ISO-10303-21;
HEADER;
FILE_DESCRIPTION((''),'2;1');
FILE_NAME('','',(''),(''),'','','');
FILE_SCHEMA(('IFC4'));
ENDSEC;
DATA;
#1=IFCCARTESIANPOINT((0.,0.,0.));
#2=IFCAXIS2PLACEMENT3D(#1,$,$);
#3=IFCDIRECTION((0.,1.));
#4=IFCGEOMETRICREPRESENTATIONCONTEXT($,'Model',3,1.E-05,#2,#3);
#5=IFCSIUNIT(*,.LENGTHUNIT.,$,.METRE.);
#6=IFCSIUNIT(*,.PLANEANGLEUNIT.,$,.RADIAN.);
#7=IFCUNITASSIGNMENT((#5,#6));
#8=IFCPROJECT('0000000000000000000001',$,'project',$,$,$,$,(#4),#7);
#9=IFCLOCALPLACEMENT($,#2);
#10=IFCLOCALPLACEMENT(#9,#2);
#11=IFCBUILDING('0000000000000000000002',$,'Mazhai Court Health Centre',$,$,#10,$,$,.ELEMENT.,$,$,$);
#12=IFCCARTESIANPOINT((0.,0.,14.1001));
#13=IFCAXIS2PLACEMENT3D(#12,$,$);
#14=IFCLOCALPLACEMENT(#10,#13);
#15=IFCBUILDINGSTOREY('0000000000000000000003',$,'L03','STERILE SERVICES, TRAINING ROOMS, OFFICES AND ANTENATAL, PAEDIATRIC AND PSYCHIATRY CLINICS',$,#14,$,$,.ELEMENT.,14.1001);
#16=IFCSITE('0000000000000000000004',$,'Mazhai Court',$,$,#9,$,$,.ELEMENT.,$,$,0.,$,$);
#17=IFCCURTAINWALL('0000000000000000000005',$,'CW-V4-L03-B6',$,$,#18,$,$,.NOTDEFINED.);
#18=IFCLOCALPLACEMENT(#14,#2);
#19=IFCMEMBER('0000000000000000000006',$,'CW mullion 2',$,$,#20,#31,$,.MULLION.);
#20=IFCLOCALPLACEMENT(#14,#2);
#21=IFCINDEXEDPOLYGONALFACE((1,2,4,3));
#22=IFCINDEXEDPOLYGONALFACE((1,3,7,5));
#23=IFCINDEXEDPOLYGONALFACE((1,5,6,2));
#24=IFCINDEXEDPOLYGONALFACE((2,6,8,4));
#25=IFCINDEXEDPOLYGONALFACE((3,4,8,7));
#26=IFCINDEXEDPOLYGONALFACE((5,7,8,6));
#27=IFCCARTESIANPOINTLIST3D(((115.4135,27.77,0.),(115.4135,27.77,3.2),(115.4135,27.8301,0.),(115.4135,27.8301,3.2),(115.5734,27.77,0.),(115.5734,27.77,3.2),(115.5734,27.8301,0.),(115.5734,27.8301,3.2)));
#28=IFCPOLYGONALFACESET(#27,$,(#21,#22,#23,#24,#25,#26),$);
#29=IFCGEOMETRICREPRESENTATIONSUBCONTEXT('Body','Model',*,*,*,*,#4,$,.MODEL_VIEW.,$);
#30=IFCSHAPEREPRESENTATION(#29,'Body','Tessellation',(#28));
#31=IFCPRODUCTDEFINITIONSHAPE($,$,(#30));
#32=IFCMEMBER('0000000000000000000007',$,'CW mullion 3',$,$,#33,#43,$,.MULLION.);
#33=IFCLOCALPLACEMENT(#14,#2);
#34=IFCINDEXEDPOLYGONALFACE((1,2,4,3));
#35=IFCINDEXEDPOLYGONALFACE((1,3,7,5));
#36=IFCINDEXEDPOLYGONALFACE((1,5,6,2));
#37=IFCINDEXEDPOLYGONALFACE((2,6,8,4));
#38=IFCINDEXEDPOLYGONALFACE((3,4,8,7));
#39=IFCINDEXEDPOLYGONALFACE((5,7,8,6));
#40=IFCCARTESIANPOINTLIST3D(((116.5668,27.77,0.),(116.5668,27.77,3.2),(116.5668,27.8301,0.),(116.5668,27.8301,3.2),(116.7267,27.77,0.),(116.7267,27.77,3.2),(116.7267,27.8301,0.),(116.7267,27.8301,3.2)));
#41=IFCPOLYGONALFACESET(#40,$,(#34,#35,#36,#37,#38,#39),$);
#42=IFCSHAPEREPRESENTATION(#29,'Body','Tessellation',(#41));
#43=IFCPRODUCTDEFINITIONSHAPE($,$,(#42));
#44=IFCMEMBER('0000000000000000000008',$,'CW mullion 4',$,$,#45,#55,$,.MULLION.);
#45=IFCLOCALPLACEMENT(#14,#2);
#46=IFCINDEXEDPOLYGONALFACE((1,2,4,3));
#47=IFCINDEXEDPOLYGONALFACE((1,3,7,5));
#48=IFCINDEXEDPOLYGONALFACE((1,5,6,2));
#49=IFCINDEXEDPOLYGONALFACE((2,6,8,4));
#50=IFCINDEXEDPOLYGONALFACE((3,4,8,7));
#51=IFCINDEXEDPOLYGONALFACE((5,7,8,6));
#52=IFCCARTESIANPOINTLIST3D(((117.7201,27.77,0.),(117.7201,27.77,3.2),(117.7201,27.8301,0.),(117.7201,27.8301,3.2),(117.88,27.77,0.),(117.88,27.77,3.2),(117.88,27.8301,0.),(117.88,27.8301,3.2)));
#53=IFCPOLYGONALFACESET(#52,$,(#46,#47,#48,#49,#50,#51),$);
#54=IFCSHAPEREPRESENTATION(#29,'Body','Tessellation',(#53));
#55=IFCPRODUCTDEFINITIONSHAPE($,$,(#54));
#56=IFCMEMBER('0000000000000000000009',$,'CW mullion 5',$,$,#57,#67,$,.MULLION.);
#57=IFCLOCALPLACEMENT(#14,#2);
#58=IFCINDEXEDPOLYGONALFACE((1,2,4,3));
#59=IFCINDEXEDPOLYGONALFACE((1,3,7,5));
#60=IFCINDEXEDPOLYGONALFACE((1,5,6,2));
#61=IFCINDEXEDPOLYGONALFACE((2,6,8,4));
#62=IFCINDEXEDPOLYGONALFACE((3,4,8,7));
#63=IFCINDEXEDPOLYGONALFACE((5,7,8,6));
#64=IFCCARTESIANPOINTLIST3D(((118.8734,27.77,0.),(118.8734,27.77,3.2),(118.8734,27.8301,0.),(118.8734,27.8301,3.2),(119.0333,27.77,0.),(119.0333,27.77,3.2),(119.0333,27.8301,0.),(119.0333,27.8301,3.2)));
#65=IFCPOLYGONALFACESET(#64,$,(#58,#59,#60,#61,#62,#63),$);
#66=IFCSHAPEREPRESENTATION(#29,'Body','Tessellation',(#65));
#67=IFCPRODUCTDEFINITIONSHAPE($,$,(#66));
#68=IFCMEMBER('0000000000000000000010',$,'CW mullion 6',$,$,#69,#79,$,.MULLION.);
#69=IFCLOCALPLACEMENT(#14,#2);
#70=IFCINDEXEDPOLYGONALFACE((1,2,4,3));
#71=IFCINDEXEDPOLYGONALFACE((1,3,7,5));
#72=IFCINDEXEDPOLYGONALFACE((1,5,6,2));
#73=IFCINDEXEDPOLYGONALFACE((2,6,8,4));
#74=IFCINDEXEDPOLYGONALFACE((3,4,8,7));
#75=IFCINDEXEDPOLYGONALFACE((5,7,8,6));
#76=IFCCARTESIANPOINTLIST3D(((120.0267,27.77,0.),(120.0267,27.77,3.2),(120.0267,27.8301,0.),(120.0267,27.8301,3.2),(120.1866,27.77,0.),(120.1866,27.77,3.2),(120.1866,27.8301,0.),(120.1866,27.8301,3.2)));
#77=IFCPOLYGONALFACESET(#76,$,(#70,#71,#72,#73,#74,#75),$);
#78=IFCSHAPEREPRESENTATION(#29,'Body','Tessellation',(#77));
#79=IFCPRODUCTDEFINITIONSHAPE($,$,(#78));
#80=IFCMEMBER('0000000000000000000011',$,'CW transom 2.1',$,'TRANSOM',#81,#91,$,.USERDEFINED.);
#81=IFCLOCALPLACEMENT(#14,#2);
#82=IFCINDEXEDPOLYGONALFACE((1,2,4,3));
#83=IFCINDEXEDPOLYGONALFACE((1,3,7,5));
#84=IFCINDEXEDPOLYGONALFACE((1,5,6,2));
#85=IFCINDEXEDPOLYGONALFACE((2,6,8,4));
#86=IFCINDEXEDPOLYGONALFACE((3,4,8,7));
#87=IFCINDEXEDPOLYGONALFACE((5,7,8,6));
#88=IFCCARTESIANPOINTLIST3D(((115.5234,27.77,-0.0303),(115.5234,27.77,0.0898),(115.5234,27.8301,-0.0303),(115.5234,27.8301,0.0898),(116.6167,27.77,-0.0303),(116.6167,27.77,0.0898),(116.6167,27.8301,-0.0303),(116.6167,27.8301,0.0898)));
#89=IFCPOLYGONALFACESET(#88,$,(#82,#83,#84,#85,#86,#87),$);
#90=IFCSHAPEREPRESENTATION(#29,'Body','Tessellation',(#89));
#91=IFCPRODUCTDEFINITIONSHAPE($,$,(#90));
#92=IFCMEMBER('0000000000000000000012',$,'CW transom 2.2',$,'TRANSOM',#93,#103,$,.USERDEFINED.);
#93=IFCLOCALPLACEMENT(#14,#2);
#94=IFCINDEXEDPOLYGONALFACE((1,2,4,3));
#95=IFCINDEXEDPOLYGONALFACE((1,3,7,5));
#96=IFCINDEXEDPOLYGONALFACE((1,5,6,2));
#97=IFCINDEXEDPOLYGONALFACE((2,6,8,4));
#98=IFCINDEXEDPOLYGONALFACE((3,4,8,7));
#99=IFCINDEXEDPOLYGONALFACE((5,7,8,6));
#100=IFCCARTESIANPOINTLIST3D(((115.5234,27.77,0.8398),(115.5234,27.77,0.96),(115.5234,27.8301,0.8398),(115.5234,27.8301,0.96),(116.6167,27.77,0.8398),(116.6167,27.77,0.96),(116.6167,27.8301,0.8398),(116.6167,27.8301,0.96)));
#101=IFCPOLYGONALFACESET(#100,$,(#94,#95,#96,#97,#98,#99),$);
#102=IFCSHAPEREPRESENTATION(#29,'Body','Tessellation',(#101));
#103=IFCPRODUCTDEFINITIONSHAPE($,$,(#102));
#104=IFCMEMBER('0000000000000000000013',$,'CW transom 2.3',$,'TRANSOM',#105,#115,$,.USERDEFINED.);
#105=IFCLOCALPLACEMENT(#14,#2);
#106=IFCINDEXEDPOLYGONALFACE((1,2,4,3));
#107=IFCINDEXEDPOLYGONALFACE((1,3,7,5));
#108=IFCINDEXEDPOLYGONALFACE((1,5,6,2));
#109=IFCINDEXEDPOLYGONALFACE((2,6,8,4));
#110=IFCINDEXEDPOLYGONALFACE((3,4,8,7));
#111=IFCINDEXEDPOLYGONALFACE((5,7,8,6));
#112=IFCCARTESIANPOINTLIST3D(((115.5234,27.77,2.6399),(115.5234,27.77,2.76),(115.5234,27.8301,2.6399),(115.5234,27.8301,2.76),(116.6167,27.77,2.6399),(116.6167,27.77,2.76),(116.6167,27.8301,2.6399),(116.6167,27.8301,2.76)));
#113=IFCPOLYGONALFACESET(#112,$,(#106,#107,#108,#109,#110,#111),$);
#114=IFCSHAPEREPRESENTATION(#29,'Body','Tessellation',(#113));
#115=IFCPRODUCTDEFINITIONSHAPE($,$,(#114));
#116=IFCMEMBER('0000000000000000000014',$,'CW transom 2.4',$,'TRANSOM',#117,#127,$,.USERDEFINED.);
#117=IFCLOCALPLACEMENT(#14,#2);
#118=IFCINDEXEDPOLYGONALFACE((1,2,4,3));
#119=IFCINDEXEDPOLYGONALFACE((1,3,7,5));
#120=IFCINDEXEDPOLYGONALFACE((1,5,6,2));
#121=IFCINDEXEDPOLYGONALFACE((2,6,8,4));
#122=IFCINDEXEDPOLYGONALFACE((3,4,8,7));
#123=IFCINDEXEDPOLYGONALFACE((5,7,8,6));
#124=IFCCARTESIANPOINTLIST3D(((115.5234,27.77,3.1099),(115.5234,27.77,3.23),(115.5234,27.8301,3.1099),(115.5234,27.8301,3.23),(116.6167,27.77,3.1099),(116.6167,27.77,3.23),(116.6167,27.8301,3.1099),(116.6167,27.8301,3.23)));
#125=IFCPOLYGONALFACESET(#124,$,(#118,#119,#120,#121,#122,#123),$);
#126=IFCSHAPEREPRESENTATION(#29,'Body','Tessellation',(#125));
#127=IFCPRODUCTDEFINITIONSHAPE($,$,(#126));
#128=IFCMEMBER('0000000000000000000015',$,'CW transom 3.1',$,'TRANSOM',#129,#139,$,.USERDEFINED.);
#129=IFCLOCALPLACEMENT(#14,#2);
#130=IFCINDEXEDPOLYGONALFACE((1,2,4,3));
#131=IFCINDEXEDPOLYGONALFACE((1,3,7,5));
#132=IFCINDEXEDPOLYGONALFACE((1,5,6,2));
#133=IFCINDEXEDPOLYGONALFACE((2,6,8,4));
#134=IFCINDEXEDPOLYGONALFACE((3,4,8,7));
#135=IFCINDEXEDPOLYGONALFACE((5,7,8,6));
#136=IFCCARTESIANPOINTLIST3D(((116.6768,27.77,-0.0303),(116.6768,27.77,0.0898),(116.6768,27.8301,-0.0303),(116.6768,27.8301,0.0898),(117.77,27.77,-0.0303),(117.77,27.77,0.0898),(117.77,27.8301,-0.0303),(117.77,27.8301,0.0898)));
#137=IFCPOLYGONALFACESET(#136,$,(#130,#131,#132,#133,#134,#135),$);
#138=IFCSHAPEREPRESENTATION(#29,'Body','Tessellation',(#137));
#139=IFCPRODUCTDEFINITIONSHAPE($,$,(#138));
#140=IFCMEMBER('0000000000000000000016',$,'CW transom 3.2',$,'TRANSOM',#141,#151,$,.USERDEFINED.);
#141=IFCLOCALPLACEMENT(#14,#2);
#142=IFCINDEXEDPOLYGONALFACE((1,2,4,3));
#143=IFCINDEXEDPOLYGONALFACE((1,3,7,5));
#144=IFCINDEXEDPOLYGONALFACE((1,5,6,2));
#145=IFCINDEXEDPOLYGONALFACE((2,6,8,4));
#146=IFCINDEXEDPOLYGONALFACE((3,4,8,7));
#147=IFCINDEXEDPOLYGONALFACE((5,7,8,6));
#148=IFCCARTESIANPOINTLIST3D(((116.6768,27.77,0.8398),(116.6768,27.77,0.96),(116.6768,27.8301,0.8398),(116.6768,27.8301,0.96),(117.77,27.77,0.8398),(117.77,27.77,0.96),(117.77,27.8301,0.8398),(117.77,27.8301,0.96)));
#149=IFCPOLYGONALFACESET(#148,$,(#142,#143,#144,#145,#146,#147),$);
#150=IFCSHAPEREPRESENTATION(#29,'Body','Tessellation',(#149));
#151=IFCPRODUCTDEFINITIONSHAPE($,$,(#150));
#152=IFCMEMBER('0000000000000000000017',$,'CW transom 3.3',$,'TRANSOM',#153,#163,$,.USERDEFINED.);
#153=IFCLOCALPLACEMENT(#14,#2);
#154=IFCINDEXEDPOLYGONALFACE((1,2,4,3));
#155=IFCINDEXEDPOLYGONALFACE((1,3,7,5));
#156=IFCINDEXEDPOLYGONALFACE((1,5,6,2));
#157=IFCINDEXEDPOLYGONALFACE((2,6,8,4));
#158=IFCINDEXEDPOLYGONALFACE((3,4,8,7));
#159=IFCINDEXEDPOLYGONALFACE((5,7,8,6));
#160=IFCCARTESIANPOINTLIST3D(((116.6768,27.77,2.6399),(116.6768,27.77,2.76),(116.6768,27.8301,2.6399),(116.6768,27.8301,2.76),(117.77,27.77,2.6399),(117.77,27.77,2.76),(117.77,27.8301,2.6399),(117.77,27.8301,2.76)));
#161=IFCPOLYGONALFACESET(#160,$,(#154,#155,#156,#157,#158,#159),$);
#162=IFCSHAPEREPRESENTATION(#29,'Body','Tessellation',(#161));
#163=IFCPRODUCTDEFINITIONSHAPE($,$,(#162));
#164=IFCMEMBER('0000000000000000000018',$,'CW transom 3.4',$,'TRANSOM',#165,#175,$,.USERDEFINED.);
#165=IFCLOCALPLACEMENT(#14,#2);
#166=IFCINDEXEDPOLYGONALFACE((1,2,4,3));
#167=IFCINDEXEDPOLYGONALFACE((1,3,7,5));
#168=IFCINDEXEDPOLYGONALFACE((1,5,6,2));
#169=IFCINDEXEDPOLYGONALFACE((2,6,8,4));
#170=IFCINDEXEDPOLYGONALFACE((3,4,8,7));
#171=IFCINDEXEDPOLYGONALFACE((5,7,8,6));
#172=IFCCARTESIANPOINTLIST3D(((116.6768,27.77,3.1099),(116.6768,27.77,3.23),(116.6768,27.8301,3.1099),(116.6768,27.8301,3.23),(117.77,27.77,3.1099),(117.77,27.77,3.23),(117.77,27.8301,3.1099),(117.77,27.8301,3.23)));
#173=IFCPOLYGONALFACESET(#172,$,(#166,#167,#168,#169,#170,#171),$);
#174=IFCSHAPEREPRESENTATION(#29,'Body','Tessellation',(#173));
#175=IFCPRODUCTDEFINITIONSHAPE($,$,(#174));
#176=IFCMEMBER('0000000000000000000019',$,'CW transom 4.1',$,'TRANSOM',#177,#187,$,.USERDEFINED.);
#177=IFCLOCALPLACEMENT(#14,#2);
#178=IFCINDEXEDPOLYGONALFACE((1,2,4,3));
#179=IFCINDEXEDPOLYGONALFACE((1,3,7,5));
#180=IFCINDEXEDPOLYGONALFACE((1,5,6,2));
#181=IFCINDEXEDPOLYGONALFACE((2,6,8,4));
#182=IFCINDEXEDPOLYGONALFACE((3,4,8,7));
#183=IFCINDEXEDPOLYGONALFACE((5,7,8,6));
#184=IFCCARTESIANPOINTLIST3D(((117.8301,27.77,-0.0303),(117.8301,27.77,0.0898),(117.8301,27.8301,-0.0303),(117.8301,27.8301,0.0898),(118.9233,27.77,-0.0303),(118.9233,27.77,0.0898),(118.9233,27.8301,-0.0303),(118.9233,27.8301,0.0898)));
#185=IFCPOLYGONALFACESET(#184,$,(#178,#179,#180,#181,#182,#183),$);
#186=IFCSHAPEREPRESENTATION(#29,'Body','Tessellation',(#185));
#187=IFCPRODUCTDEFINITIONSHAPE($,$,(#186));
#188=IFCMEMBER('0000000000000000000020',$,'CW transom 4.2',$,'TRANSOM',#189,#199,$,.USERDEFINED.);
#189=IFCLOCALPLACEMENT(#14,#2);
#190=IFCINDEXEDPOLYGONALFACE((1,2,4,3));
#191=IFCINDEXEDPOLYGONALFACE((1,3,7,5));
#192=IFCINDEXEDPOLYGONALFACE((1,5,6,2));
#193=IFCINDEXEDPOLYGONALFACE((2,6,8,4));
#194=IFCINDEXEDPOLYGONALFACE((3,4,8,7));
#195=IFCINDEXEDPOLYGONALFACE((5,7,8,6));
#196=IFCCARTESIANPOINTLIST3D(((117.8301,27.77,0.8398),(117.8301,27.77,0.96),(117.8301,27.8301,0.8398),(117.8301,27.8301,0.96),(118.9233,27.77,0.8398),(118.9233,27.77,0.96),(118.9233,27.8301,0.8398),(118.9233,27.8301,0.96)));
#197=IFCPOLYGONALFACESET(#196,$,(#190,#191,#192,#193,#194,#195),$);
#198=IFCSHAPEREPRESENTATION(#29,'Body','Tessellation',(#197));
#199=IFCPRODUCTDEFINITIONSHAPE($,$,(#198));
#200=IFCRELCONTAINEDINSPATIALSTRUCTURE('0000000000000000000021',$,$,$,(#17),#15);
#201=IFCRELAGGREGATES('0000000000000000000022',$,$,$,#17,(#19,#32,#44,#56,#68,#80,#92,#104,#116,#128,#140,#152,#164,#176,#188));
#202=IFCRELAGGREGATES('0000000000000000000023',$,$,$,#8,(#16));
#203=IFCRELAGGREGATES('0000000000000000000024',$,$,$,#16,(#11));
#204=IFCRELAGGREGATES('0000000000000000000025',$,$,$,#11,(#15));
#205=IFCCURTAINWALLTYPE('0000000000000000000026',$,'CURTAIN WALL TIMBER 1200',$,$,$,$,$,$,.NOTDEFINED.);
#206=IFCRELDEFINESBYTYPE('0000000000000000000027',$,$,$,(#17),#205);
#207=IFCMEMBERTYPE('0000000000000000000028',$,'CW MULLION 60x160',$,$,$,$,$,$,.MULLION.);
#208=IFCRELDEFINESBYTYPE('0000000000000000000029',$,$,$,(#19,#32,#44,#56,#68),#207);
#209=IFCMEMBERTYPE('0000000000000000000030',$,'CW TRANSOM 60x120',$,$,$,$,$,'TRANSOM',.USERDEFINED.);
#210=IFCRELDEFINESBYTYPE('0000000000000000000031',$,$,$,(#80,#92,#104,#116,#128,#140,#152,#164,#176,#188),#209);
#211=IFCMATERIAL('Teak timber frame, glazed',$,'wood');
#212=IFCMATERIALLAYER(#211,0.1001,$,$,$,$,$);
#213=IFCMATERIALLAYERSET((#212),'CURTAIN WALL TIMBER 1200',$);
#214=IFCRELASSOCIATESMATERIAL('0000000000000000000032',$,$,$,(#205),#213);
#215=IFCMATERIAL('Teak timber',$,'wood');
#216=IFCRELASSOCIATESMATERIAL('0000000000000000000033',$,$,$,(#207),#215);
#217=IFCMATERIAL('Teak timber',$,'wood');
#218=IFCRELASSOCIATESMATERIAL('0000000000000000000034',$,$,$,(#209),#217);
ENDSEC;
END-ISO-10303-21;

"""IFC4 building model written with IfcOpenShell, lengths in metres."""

from ifc_helpers import new_model, si_unit, direction, frame, origin, origin_2d, place, context, subcontext, project, spatial, rectangle, extrude, material, layer, layer_set, material_profile, profile_set, type_object, element, aggregate, save


model = new_model("IFC4")

# Units and contexts
model_context = context("Model", 3, precision=1e-05, world=origin(), true_north=direction((0.0, 1.0)))
body_context = subcontext(model_context, "Body", "Model", "MODEL_VIEW")
ifc_project = project(units=[si_unit("LENGTHUNIT", "METRE"), si_unit("PLANEANGLEUNIT", "RADIAN")], contexts=[model_context])

# Site, building, storey
site_placement = place(None, origin())
site = spatial("IfcSite", under=ifc_project, at=site_placement, Name="Mazhai Court", CompositionType="ELEMENT", RefElevation=0.0)
building_placement = place(site_placement, origin())
building = spatial("IfcBuilding", under=site, at=building_placement, Name="Mazhai Court Health Centre", CompositionType="ELEMENT")
storey_placement = place(building_placement, frame((0.0, 0.0, 14.1001)))
storey = spatial("IfcBuildingStorey", under=building, at=storey_placement, Name="L03", Description="STERILE SERVICES, TRAINING ROOMS, OFFICES AND ANTENATAL, PAEDIATRIC AND PSYCHIATRY CLINICS", CompositionType="ELEMENT", Elevation=14.1001)

# Curtain wall, members
ifc_material_1 = material(Name="Teak timber frame, glazed", Category="wood")
ifc_layer_1 = layer(ifc_material_1, 0.1001)
ifc_layer_set_1 = layer_set([ifc_layer_1], Name="CURTAIN WALL TIMBER 1200")
curtain_wall_type = type_object("IfcCurtainWallType", Name="CURTAIN WALL TIMBER 1200", PredefinedType="NOTDEFINED", material=ifc_layer_set_1)
curtain_wall_placement = place(storey_placement, origin())
curtain_wall = element("IfcCurtainWall", 1, at=curtain_wall_placement, inside=storey, type_object=curtain_wall_type, Name="CW-V4-L03-B6", PredefinedType="NOTDEFINED")
ifc_material_2 = material(Name="Teak timber", Category="wood")
ifc_material_profile_1 = material_profile(ifc_material_2, rectangle(XDim=0.0601, YDim=0.1599, at=origin_2d()), Name="CW MULLION 60x160")
ifc_profile_set_1 = profile_set([ifc_material_profile_1], Name="Teak timber")
member_type_1 = type_object("IfcMemberType", Name="CW MULLION 60x160", PredefinedType="MULLION", material=ifc_profile_set_1)
member_1_placement = place(storey_placement, frame((115.4934, 27.8, 0.0), z_axis=(0.0, 0.0, 1.0), x_axis=(0.0, 1.0, 0.0)))
member_1 = element("IfcMember", 2, at=member_1_placement, type_object=member_type_1, Name="CW mullion 2", PredefinedType="MULLION", context=body_context, shape_type="SweptSolid", body=[
    extrude(rectangle(XDim=0.0601, YDim=0.1599, at=origin_2d()), origin(), (0.0, 0.0, 1.0), 3.2),
])
member_2_placement = place(storey_placement, frame((116.6467, 27.8, 0.0), z_axis=(0.0, 0.0, 1.0), x_axis=(0.0, 1.0, 0.0)))
member_2 = element("IfcMember", 3, at=member_2_placement, type_object=member_type_1, Name="CW mullion 3", PredefinedType="MULLION", context=body_context, shape_type="SweptSolid", body=[
    extrude(rectangle(XDim=0.0601, YDim=0.1599, at=origin_2d()), origin(), (0.0, 0.0, 1.0), 3.2),
])
member_3_placement = place(storey_placement, frame((117.8, 27.8, 0.0), z_axis=(0.0, 0.0, 1.0), x_axis=(0.0, 1.0, 0.0)))
member_3 = element("IfcMember", 4, at=member_3_placement, type_object=member_type_1, Name="CW mullion 4", PredefinedType="MULLION", context=body_context, shape_type="SweptSolid", body=[
    extrude(rectangle(XDim=0.0601, YDim=0.1599, at=origin_2d()), origin(), (0.0, 0.0, 1.0), 3.2),
])
member_4_placement = place(storey_placement, frame((118.9534, 27.8, 0.0), z_axis=(0.0, 0.0, 1.0), x_axis=(0.0, 1.0, 0.0)))
member_4 = element("IfcMember", 5, at=member_4_placement, type_object=member_type_1, Name="CW mullion 5", PredefinedType="MULLION", context=body_context, shape_type="SweptSolid", body=[
    extrude(rectangle(XDim=0.0601, YDim=0.1599, at=origin_2d()), origin(), (0.0, 0.0, 1.0), 3.2),
])
member_5_placement = place(storey_placement, frame((120.1067, 27.8, 0.0), z_axis=(0.0, 0.0, 1.0), x_axis=(0.0, 1.0, 0.0)))
member_5 = element("IfcMember", 6, at=member_5_placement, type_object=member_type_1, Name="CW mullion 6", PredefinedType="MULLION", context=body_context, shape_type="SweptSolid", body=[
    extrude(rectangle(XDim=0.0601, YDim=0.1599, at=origin_2d()), origin(), (0.0, 0.0, 1.0), 3.2),
])
ifc_material_3 = material(Name="Teak timber", Category="wood")
ifc_material_profile_2 = material_profile(ifc_material_3, rectangle(XDim=0.0601, YDim=0.1201, at=origin_2d()), Name="CW TRANSOM 60x120")
ifc_profile_set_2 = profile_set([ifc_material_profile_2], Name="Teak timber")
member_type_2 = type_object("IfcMemberType", Name="CW TRANSOM 60x120", ElementType="TRANSOM", PredefinedType="USERDEFINED", material=ifc_profile_set_2)
member_6_placement = place(storey_placement, frame((115.5234, 27.8, 0.0298), z_axis=(1.0, 0.0, 0.0), x_axis=(0.0, 1.0, 0.0)))
member_6 = element("IfcMember", 7, at=member_6_placement, type_object=member_type_2, Name="CW transom 2.1", ObjectType="TRANSOM", PredefinedType="USERDEFINED", context=body_context, shape_type="SweptSolid", body=[
    extrude(rectangle(XDim=0.0601, YDim=0.1201, at=origin_2d()), origin(), (0.0, 0.0, 1.0), 1.0933),
])
member_7_placement = place(storey_placement, frame((115.5234, 27.8, 0.8999), z_axis=(1.0, 0.0, 0.0), x_axis=(0.0, 1.0, 0.0)))
member_7 = element("IfcMember", 8, at=member_7_placement, type_object=member_type_2, Name="CW transom 2.2", ObjectType="TRANSOM", PredefinedType="USERDEFINED", context=body_context, shape_type="SweptSolid", body=[
    extrude(rectangle(XDim=0.0601, YDim=0.1201, at=origin_2d()), origin(), (0.0, 0.0, 1.0), 1.0933),
])
member_8_placement = place(storey_placement, frame((115.5234, 27.8, 2.7), z_axis=(1.0, 0.0, 0.0), x_axis=(0.0, 1.0, 0.0)))
member_8 = element("IfcMember", 9, at=member_8_placement, type_object=member_type_2, Name="CW transom 2.3", ObjectType="TRANSOM", PredefinedType="USERDEFINED", context=body_context, shape_type="SweptSolid", body=[
    extrude(rectangle(XDim=0.0601, YDim=0.1201, at=origin_2d()), origin(), (0.0, 0.0, 1.0), 1.0933),
])
member_9_placement = place(storey_placement, frame((115.5234, 27.8, 3.1699), z_axis=(1.0, 0.0, 0.0), x_axis=(0.0, 1.0, 0.0)))
member_9 = element("IfcMember", 10, at=member_9_placement, type_object=member_type_2, Name="CW transom 2.4", ObjectType="TRANSOM", PredefinedType="USERDEFINED", context=body_context, shape_type="SweptSolid", body=[
    extrude(rectangle(XDim=0.0601, YDim=0.1201, at=origin_2d()), origin(), (0.0, 0.0, 1.0), 1.0933),
])
member_10_placement = place(storey_placement, frame((116.6768, 27.8, 0.0298), z_axis=(1.0, 0.0, 0.0), x_axis=(0.0, 1.0, 0.0)))
member_10 = element("IfcMember", 11, at=member_10_placement, type_object=member_type_2, Name="CW transom 3.1", ObjectType="TRANSOM", PredefinedType="USERDEFINED", context=body_context, shape_type="SweptSolid", body=[
    extrude(rectangle(XDim=0.0601, YDim=0.1201, at=origin_2d()), origin(), (0.0, 0.0, 1.0), 1.0933),
])
member_11_placement = place(storey_placement, frame((116.6768, 27.8, 0.8999), z_axis=(1.0, 0.0, 0.0), x_axis=(0.0, 1.0, 0.0)))
member_11 = element("IfcMember", 12, at=member_11_placement, type_object=member_type_2, Name="CW transom 3.2", ObjectType="TRANSOM", PredefinedType="USERDEFINED", context=body_context, shape_type="SweptSolid", body=[
    extrude(rectangle(XDim=0.0601, YDim=0.1201, at=origin_2d()), origin(), (0.0, 0.0, 1.0), 1.0933),
])
member_12_placement = place(storey_placement, frame((116.6768, 27.8, 2.7), z_axis=(1.0, 0.0, 0.0), x_axis=(0.0, 1.0, 0.0)))
member_12 = element("IfcMember", 13, at=member_12_placement, type_object=member_type_2, Name="CW transom 3.3", ObjectType="TRANSOM", PredefinedType="USERDEFINED", context=body_context, shape_type="SweptSolid", body=[
    extrude(rectangle(XDim=0.0601, YDim=0.1201, at=origin_2d()), origin(), (0.0, 0.0, 1.0), 1.0933),
])
member_13_placement = place(storey_placement, frame((116.6768, 27.8, 3.1699), z_axis=(1.0, 0.0, 0.0), x_axis=(0.0, 1.0, 0.0)))
member_13 = element("IfcMember", 14, at=member_13_placement, type_object=member_type_2, Name="CW transom 3.4", ObjectType="TRANSOM", PredefinedType="USERDEFINED", context=body_context, shape_type="SweptSolid", body=[
    extrude(rectangle(XDim=0.0601, YDim=0.1201, at=origin_2d()), origin(), (0.0, 0.0, 1.0), 1.0933),
])
member_14_placement = place(storey_placement, frame((117.8301, 27.8, 0.0298), z_axis=(1.0, 0.0, 0.0), x_axis=(0.0, 1.0, 0.0)))
member_14 = element("IfcMember", 15, at=member_14_placement, type_object=member_type_2, Name="CW transom 4.1", ObjectType="TRANSOM", PredefinedType="USERDEFINED", context=body_context, shape_type="SweptSolid", body=[
    extrude(rectangle(XDim=0.0601, YDim=0.1201, at=origin_2d()), origin(), (0.0, 0.0, 1.0), 1.0933),
])
member_15_placement = place(storey_placement, frame((117.8301, 27.8, 0.8999), z_axis=(1.0, 0.0, 0.0), x_axis=(0.0, 1.0, 0.0)))
member_15 = element("IfcMember", 16, at=member_15_placement, type_object=member_type_2, Name="CW transom 4.2", ObjectType="TRANSOM", PredefinedType="USERDEFINED", context=body_context, shape_type="SweptSolid", body=[
    extrude(rectangle(XDim=0.0601, YDim=0.1201, at=origin_2d()), origin(), (0.0, 0.0, 1.0), 1.0933),
])
aggregate(curtain_wall, [member_1, member_2, member_3, member_4, member_5, member_6, member_7, member_8, member_9, member_10, member_11, member_12, member_13, member_14, member_15])

save(model, "model.ifc")
